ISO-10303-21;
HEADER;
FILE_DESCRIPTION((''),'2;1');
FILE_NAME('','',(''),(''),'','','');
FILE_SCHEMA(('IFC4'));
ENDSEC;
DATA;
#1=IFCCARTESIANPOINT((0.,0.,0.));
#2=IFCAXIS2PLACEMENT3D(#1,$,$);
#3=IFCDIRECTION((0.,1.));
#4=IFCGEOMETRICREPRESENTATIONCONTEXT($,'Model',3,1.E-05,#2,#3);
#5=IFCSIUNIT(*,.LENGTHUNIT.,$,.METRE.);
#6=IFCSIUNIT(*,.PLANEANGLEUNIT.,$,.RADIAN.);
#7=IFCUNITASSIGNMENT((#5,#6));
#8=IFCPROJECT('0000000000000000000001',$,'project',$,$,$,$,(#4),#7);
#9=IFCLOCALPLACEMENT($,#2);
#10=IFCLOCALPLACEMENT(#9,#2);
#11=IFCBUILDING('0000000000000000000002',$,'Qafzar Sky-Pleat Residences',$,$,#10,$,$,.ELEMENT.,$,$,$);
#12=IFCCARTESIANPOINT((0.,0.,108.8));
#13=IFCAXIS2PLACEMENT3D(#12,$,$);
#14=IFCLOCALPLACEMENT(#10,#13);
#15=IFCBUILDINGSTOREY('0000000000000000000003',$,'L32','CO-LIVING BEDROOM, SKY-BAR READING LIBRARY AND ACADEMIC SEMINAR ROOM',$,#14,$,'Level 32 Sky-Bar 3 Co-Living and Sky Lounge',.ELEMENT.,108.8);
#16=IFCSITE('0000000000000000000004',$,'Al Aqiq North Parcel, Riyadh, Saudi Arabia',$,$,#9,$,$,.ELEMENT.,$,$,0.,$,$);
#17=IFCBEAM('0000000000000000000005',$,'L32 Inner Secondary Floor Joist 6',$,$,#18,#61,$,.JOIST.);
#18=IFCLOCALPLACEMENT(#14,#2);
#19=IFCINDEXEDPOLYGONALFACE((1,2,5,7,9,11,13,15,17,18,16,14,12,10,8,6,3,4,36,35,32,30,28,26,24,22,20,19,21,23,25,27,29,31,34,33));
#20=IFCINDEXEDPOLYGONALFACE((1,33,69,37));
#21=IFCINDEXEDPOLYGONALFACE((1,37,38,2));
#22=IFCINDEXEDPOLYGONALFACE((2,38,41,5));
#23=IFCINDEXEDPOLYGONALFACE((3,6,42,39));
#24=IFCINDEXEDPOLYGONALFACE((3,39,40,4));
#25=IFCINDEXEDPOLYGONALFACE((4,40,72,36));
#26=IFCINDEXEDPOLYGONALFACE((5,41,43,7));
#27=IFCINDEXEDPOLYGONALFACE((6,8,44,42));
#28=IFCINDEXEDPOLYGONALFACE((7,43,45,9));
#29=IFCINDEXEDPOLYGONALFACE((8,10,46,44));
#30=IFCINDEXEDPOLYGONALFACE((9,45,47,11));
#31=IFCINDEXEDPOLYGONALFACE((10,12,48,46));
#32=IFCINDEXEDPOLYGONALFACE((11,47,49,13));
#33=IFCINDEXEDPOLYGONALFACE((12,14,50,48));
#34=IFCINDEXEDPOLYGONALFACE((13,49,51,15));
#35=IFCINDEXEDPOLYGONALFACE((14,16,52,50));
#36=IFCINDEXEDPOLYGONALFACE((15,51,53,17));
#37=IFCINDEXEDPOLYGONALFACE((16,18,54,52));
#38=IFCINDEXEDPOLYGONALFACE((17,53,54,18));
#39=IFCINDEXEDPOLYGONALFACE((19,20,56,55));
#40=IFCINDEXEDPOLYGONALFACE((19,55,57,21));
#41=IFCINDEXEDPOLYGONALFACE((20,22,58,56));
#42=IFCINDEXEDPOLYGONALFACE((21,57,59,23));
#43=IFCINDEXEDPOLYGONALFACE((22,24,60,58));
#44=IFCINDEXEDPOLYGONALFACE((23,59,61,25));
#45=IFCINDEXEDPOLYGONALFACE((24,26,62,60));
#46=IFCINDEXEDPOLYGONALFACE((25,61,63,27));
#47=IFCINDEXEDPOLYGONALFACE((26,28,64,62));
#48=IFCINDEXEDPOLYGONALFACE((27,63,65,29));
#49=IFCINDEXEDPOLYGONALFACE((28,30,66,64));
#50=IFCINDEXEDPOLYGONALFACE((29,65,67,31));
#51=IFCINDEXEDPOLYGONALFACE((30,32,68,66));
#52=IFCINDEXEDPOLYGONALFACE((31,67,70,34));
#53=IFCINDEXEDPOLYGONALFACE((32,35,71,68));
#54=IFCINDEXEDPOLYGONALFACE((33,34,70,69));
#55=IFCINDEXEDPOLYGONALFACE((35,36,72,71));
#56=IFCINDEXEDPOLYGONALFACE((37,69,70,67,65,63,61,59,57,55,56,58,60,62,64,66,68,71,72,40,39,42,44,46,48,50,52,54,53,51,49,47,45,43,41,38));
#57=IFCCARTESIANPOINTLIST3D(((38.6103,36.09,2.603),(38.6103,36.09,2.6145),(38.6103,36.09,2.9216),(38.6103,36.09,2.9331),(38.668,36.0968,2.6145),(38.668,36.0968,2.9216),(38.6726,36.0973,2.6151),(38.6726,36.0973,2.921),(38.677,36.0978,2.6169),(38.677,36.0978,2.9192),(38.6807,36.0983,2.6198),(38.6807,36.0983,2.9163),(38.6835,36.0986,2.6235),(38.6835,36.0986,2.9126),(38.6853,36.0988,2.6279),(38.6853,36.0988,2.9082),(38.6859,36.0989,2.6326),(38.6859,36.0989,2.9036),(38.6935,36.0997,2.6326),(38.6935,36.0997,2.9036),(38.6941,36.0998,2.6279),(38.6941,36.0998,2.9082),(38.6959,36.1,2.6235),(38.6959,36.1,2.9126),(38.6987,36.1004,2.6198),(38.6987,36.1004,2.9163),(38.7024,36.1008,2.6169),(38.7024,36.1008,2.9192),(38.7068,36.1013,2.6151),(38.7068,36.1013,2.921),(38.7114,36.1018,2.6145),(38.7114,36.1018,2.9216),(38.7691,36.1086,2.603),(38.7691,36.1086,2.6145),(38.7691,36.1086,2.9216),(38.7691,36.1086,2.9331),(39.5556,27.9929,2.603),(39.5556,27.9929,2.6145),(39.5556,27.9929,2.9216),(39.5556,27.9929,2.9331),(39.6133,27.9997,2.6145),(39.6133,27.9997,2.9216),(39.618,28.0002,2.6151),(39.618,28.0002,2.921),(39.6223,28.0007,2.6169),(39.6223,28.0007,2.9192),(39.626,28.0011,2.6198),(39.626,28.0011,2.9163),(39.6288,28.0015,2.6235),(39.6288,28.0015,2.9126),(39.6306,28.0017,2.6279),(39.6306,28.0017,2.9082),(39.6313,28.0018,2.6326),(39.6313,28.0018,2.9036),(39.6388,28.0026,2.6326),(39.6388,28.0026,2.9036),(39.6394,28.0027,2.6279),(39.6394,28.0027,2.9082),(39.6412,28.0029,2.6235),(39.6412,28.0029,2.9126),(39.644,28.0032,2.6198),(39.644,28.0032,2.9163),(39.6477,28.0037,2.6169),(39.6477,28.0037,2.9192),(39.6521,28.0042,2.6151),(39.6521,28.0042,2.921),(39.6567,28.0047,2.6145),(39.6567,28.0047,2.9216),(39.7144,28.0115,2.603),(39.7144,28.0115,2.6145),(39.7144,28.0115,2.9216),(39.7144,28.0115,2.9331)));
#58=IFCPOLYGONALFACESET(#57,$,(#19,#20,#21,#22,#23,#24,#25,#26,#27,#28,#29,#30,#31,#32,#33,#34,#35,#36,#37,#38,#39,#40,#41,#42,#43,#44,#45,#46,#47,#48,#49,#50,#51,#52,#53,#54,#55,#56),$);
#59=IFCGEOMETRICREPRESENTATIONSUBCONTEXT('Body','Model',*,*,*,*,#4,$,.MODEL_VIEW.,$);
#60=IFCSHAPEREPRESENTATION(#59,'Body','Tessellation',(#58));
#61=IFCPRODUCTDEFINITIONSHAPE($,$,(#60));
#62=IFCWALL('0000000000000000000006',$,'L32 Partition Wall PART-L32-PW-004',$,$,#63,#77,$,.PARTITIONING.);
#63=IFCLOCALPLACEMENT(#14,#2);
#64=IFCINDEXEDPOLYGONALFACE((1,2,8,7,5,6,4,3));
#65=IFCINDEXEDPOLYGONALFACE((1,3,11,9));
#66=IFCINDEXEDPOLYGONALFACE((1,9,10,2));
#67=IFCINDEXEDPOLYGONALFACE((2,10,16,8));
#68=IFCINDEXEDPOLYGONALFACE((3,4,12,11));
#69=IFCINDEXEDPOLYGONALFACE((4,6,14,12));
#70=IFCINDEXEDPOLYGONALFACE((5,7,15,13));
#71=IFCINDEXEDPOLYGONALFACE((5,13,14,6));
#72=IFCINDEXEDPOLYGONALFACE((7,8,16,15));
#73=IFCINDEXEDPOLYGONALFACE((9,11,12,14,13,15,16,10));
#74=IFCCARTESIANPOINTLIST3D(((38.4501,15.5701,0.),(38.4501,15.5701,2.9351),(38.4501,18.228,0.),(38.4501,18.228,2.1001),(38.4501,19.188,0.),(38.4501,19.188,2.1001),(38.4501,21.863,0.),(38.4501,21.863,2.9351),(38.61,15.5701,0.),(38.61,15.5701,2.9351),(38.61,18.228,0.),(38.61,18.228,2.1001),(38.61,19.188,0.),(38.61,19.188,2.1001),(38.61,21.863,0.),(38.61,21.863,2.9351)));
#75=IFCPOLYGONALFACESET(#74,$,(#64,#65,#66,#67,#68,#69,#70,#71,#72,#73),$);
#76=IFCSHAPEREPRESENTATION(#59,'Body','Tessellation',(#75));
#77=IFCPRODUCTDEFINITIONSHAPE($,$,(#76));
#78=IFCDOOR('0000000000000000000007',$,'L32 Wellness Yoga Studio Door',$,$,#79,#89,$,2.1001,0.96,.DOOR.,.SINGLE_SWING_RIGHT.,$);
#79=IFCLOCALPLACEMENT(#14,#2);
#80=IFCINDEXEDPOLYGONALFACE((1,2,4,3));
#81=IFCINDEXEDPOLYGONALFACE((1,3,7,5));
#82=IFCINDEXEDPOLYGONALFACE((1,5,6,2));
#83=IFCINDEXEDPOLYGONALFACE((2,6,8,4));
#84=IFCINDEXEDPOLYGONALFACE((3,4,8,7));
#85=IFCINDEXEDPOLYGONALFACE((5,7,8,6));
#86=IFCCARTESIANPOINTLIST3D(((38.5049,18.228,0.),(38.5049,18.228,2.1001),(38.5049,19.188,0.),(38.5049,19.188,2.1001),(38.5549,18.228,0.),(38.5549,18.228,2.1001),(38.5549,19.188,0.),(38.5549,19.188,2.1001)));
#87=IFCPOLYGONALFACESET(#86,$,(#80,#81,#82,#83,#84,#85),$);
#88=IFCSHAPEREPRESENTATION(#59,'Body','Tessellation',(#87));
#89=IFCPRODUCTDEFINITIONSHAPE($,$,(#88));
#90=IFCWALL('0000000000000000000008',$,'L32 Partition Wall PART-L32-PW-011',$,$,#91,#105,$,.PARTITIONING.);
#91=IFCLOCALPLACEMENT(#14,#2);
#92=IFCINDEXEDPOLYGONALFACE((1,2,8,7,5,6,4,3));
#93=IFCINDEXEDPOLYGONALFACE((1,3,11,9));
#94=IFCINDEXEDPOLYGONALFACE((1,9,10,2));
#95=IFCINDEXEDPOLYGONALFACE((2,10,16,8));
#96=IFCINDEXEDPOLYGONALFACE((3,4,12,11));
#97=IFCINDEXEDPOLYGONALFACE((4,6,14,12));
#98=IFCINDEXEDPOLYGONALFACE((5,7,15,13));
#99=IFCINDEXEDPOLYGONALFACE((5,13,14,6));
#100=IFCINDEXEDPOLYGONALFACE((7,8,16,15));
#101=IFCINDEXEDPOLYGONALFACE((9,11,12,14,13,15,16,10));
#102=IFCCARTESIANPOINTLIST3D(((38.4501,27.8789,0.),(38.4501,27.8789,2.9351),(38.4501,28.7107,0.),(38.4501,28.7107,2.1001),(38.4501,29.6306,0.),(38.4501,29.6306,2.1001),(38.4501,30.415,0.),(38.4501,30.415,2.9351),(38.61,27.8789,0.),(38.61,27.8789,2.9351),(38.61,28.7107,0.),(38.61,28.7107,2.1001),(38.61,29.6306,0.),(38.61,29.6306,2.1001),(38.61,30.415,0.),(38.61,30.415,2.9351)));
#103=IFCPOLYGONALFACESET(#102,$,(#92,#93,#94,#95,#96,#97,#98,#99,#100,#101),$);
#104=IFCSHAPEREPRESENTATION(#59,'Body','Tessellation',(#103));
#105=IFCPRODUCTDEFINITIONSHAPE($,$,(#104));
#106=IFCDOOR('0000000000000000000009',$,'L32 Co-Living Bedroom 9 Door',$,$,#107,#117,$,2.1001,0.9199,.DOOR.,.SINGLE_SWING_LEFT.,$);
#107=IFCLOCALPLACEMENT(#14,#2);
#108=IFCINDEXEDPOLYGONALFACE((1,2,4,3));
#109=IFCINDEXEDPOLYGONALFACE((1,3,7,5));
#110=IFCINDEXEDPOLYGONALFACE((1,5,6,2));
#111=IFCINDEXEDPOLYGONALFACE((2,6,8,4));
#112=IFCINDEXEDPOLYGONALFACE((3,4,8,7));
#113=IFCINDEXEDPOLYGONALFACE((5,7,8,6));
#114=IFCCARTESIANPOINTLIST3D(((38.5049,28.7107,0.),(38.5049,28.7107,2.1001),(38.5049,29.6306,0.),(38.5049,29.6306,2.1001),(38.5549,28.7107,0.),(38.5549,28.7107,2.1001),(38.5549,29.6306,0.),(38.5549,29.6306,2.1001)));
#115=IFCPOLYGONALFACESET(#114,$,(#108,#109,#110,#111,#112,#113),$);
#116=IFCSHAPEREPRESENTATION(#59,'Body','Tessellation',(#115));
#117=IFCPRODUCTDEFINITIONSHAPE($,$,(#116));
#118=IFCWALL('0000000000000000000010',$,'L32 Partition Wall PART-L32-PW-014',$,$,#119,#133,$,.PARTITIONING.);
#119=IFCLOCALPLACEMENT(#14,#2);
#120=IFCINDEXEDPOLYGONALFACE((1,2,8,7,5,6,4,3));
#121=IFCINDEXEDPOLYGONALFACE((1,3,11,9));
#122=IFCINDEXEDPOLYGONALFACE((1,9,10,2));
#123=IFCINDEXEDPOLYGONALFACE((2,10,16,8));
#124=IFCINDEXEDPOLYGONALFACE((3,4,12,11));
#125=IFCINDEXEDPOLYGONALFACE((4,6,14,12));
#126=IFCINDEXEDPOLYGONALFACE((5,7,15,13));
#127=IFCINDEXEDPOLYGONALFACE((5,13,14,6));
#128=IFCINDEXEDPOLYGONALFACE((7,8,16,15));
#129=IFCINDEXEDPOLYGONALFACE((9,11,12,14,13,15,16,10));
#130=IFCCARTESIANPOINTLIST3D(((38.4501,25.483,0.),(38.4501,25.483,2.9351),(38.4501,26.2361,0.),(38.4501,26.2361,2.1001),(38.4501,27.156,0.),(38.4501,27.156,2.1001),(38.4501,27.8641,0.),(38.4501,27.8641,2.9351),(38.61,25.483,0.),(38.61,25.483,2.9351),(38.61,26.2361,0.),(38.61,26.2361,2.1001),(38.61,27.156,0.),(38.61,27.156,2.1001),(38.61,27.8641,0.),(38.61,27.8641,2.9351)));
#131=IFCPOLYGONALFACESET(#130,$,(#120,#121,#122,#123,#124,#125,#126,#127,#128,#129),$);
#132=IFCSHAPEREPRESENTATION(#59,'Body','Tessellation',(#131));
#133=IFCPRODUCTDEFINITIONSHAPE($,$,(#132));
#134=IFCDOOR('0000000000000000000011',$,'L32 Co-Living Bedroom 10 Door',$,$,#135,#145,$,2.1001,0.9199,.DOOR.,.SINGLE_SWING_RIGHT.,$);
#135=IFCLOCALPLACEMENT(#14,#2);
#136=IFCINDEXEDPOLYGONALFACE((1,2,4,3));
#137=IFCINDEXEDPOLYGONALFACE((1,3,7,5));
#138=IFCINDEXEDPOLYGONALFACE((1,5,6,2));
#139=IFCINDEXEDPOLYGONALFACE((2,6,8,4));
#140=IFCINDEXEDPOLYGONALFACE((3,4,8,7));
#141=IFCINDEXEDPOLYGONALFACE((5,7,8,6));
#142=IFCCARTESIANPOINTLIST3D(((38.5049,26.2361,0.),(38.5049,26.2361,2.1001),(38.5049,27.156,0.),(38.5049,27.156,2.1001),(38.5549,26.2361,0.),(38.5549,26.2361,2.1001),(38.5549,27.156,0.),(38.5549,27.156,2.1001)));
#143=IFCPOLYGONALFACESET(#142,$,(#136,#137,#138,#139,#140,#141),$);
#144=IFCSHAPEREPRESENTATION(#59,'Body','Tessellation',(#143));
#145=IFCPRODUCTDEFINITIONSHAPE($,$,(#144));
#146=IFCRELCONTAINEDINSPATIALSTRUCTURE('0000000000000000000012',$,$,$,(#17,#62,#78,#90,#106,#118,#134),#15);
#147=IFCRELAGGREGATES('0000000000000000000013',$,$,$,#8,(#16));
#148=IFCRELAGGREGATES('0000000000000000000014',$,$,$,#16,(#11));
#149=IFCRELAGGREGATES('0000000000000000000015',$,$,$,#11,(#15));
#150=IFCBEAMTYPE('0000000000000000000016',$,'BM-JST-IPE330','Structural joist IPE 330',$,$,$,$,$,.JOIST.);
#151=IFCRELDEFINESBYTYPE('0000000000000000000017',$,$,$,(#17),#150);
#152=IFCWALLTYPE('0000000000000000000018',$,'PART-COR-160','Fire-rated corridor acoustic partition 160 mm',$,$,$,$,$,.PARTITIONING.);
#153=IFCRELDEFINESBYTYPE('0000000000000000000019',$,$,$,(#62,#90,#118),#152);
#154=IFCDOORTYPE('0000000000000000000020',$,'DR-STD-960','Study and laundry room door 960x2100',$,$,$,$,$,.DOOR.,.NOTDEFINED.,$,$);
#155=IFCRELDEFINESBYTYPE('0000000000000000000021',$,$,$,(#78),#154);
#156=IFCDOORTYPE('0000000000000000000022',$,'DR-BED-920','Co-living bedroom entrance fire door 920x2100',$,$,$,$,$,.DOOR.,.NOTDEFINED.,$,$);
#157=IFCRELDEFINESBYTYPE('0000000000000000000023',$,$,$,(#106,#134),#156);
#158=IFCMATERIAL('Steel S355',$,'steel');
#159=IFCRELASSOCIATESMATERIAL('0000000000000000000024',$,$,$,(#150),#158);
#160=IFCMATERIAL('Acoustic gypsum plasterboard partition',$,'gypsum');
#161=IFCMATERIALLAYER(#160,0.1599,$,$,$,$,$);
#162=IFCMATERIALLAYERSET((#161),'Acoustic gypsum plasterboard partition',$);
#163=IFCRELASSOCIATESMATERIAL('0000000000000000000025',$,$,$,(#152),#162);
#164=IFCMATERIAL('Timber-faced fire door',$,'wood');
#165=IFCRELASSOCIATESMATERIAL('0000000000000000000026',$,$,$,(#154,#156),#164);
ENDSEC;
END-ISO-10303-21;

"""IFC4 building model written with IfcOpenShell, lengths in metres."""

from ifc_helpers import new_model, si_unit, direction, frame, frame_2d, origin, origin_2d, place, context, subcontext, project, spatial, rectangle, i_section, extrude, source, transform, mapped, material, layer, layer_set, material_profile, profile_set, type_object, element, fill, save


model = new_model("IFC4")

# Units and contexts
model_context = context("Model", 3, precision=1e-05, world=origin(), true_north=direction((0.0, 1.0)))
body_context = subcontext(model_context, "Body", "Model", "MODEL_VIEW")
ifc_project = project(units=[si_unit("LENGTHUNIT", "METRE"), si_unit("PLANEANGLEUNIT", "RADIAN")], contexts=[model_context])

# Site, building, storey
site_placement = place(None, origin())
site = spatial("IfcSite", under=ifc_project, at=site_placement, Name="Al Aqiq North Parcel, Riyadh, Saudi Arabia", CompositionType="ELEMENT", RefElevation=0.0)
building_placement = place(site_placement, origin())
building = spatial("IfcBuilding", under=site, at=building_placement, Name="Qafzar Sky-Pleat Residences", CompositionType="ELEMENT")
storey_placement = place(building_placement, frame((0.0, 0.0, 108.8)))
storey = spatial("IfcBuildingStorey", under=building, at=storey_placement, Name="L32", Description="CO-LIVING BEDROOM, SKY-BAR READING LIBRARY AND ACADEMIC SEMINAR ROOM", LongName="Level 32 Sky-Bar 3 Co-Living and Sky Lounge", CompositionType="ELEMENT", Elevation=108.8)

# Beam
ifc_material_1 = material(Name="Steel S355", Category="steel")
ifc_material_profile = material_profile(ifc_material_1, i_section(OverallWidth=0.1599, OverallDepth=0.3301, WebThickness=0.0076, FlangeThickness=0.0115, FilletRadius=0.0181, at=origin_2d()), Name="IPE 330")
ifc_profile_set = profile_set([ifc_material_profile], Name="Steel S355")
beam_type = type_object("IfcBeamType", Name="BM-JST-IPE330", Description="Structural joist IPE 330", PredefinedType="JOIST", material=ifc_profile_set)
shared_shape_1 = source(origin(), body_context, "Body", "SweptSolid", [
    extrude(i_section(OverallWidth=0.1599, OverallDepth=0.3301, WebThickness=0.0076, FlangeThickness=0.0115, FilletRadius=0.0181, at=origin_2d()), origin(), (0.0, 0.0, 1.0), 8.1521),
])
beam_placement = place(storey_placement, frame((39.635, 28.0022, 2.7681), z_axis=(-0.115959, 0.993254, 0.0), x_axis=(-0.993254, -0.115959, 0.0)))
element("IfcBeam", 1, at=beam_placement, inside=storey, type_object=beam_type, Name="L32 Inner Secondary Floor Joist 6", PredefinedType="JOIST", context=body_context, shape_type="MappedRepresentation", body=[
    mapped(shared_shape_1, transform((0.0, 0.0, 0.0), x_axis=(1.0, 0.0, 0.0), y_axis=(0.0, 1.0, 0.0), z_axis=(0.0, 0.0, 1.0), scale=1.0)),
])

# Walls, openings, doors
ifc_material_2 = material(Name="Acoustic gypsum plasterboard partition", Category="gypsum")
ifc_layer_1 = layer(ifc_material_2, 0.1599)
ifc_layer_set_1 = layer_set([ifc_layer_1], Name="Acoustic gypsum plasterboard partition")
wall_type_1 = type_object("IfcWallType", Name="PART-COR-160", Description="Fire-rated corridor acoustic partition 160 mm", PredefinedType="PARTITIONING", material=ifc_layer_set_1)
wall_1_placement = place(storey_placement, frame((38.53, 21.863, 0.0), z_axis=(0.0, 0.0, 1.0), x_axis=(0.0, -1.0, 0.0)))
wall_1 = element("IfcWall", 2, at=wall_1_placement, inside=storey, type_object=wall_type_1, Name="L32 Partition Wall PART-L32-PW-004", PredefinedType="PARTITIONING", context=body_context, shape_type="SweptSolid", body=[
    extrude(rectangle(XDim=6.293, YDim=0.1599, at=frame_2d((3.1465, 0.0))), origin(), (0.0, 0.0, 1.0), 2.9351),
])
opening_1_placement = place(wall_1_placement, frame((2.675, 0.0, 0.0)))
opening_1 = element("IfcOpeningElement", 3, at=opening_1_placement, cuts=wall_1, PredefinedType="OPENING", context=body_context, shape_type="SweptSolid", body=[
    extrude(rectangle(XDim=0.96, YDim=2.1001, at=frame_2d((0.48, 1.05))), frame((0.0, 0.0898, 0.0), z_axis=(0.0, -1.0, 0.0), x_axis=(1.0, 0.0, 0.0)), (0.0, 0.0, 1.0), 0.1799),
])
ifc_material_3 = material(Name="Timber-faced fire door", Category="wood")
door_type_1 = type_object("IfcDoorType", Name="DR-STD-960", Description="Study and laundry room door 960x2100", OperationType="NOTDEFINED", PredefinedType="DOOR", material=ifc_material_3)
shared_shape_2 = source(origin(), body_context, "Body", "SweptSolid", [
    extrude(rectangle(XDim=0.96, YDim=2.1001, at=frame_2d((0.48, 1.05))), frame((0.0, 0.0249, 0.0), z_axis=(0.0, -1.0, 0.0), x_axis=(1.0, 0.0, 0.0)), (0.0, 0.0, 1.0), 0.05),
])
door_1_placement = place(opening_1_placement, origin())
door_1 = element("IfcDoor", 4, at=door_1_placement, inside=storey, type_object=door_type_1, Name="L32 Wellness Yoga Studio Door", OperationType="SINGLE_SWING_RIGHT", OverallHeight=2.1001, OverallWidth=0.96, PredefinedType="DOOR", context=body_context, shape_type="MappedRepresentation", body=[
    mapped(shared_shape_2, transform((0.0, 0.0, 0.0), x_axis=(1.0, 0.0, 0.0), y_axis=(0.0, 1.0, 0.0), z_axis=(0.0, 0.0, 1.0), scale=1.0)),
])
fill(opening_1, door_1)
wall_2_placement = place(storey_placement, frame((38.53, 30.415, 0.0), z_axis=(0.0, 0.0, 1.0), x_axis=(0.0, -1.0, 0.0)))
wall_2 = element("IfcWall", 5, at=wall_2_placement, inside=storey, type_object=wall_type_1, Name="L32 Partition Wall PART-L32-PW-011", PredefinedType="PARTITIONING", context=body_context, shape_type="SweptSolid", body=[
    extrude(rectangle(XDim=2.5361, YDim=0.1599, at=frame_2d((1.2681, 0.0))), origin(), (0.0, 0.0, 1.0), 2.9351),
])
opening_2_placement = place(wall_2_placement, frame((0.7844, 0.0, 0.0)))
opening_2 = element("IfcOpeningElement", 6, at=opening_2_placement, cuts=wall_2, PredefinedType="OPENING", context=body_context, shape_type="SweptSolid", body=[
    extrude(rectangle(XDim=0.9199, YDim=2.1001, at=frame_2d((0.46, 1.05))), frame((0.0, 0.0898, 0.0), z_axis=(0.0, -1.0, 0.0), x_axis=(1.0, 0.0, 0.0)), (0.0, 0.0, 1.0), 0.1799),
])
door_type_2 = type_object("IfcDoorType", Name="DR-BED-920", Description="Co-living bedroom entrance fire door 920x2100", OperationType="NOTDEFINED", PredefinedType="DOOR", material=ifc_material_3)
shared_shape_3 = source(origin(), body_context, "Body", "SweptSolid", [
    extrude(rectangle(XDim=0.9199, YDim=2.1001, at=frame_2d((0.46, 1.05))), frame((0.0, 0.0249, 0.0), z_axis=(0.0, -1.0, 0.0), x_axis=(1.0, 0.0, 0.0)), (0.0, 0.0, 1.0), 0.05),
])
door_2_placement = place(opening_2_placement, origin())
door_2 = element("IfcDoor", 7, at=door_2_placement, inside=storey, type_object=door_type_2, Name="L32 Co-Living Bedroom 9 Door", OperationType="SINGLE_SWING_LEFT", OverallHeight=2.1001, OverallWidth=0.9199, PredefinedType="DOOR", context=body_context, shape_type="MappedRepresentation", body=[
    mapped(shared_shape_3, transform((0.0, 0.0, 0.0), x_axis=(1.0, 0.0, 0.0), y_axis=(0.0, 1.0, 0.0), z_axis=(0.0, 0.0, 1.0), scale=1.0)),
])
fill(opening_2, door_2)
wall_3_placement = place(storey_placement, frame((38.53, 27.864, 0.0), z_axis=(0.0, 0.0, 1.0), x_axis=(0.0, -1.0, 0.0)))
wall_3 = element("IfcWall", 8, at=wall_3_placement, inside=storey, type_object=wall_type_1, Name="L32 Partition Wall PART-L32-PW-014", PredefinedType="PARTITIONING", context=body_context, shape_type="SweptSolid", body=[
    extrude(rectangle(XDim=2.3811, YDim=0.1599, at=frame_2d((1.1904, 0.0))), origin(), (0.0, 0.0, 1.0), 2.9351),
])
opening_3_placement = place(wall_3_placement, frame((0.708, 0.0, 0.0)))
opening_3 = element("IfcOpeningElement", 9, at=opening_3_placement, cuts=wall_3, PredefinedType="OPENING", context=body_context, shape_type="SweptSolid", body=[
    extrude(rectangle(XDim=0.9199, YDim=2.1001, at=frame_2d((0.46, 1.05))), frame((0.0, 0.0898, 0.0), z_axis=(0.0, -1.0, 0.0), x_axis=(1.0, 0.0, 0.0)), (0.0, 0.0, 1.0), 0.1799),
])
door_3_placement = place(opening_3_placement, origin())
door_3 = element("IfcDoor", 10, at=door_3_placement, inside=storey, type_object=door_type_2, Name="L32 Co-Living Bedroom 10 Door", OperationType="SINGLE_SWING_RIGHT", OverallHeight=2.1001, OverallWidth=0.9199, PredefinedType="DOOR", context=body_context, shape_type="MappedRepresentation", body=[
    mapped(shared_shape_3, transform((0.0, 0.0, 0.0), x_axis=(1.0, 0.0, 0.0), y_axis=(0.0, 1.0, 0.0), z_axis=(0.0, 0.0, 1.0), scale=1.0)),
])
fill(opening_3, door_3)

save(model, "model.ifc")
